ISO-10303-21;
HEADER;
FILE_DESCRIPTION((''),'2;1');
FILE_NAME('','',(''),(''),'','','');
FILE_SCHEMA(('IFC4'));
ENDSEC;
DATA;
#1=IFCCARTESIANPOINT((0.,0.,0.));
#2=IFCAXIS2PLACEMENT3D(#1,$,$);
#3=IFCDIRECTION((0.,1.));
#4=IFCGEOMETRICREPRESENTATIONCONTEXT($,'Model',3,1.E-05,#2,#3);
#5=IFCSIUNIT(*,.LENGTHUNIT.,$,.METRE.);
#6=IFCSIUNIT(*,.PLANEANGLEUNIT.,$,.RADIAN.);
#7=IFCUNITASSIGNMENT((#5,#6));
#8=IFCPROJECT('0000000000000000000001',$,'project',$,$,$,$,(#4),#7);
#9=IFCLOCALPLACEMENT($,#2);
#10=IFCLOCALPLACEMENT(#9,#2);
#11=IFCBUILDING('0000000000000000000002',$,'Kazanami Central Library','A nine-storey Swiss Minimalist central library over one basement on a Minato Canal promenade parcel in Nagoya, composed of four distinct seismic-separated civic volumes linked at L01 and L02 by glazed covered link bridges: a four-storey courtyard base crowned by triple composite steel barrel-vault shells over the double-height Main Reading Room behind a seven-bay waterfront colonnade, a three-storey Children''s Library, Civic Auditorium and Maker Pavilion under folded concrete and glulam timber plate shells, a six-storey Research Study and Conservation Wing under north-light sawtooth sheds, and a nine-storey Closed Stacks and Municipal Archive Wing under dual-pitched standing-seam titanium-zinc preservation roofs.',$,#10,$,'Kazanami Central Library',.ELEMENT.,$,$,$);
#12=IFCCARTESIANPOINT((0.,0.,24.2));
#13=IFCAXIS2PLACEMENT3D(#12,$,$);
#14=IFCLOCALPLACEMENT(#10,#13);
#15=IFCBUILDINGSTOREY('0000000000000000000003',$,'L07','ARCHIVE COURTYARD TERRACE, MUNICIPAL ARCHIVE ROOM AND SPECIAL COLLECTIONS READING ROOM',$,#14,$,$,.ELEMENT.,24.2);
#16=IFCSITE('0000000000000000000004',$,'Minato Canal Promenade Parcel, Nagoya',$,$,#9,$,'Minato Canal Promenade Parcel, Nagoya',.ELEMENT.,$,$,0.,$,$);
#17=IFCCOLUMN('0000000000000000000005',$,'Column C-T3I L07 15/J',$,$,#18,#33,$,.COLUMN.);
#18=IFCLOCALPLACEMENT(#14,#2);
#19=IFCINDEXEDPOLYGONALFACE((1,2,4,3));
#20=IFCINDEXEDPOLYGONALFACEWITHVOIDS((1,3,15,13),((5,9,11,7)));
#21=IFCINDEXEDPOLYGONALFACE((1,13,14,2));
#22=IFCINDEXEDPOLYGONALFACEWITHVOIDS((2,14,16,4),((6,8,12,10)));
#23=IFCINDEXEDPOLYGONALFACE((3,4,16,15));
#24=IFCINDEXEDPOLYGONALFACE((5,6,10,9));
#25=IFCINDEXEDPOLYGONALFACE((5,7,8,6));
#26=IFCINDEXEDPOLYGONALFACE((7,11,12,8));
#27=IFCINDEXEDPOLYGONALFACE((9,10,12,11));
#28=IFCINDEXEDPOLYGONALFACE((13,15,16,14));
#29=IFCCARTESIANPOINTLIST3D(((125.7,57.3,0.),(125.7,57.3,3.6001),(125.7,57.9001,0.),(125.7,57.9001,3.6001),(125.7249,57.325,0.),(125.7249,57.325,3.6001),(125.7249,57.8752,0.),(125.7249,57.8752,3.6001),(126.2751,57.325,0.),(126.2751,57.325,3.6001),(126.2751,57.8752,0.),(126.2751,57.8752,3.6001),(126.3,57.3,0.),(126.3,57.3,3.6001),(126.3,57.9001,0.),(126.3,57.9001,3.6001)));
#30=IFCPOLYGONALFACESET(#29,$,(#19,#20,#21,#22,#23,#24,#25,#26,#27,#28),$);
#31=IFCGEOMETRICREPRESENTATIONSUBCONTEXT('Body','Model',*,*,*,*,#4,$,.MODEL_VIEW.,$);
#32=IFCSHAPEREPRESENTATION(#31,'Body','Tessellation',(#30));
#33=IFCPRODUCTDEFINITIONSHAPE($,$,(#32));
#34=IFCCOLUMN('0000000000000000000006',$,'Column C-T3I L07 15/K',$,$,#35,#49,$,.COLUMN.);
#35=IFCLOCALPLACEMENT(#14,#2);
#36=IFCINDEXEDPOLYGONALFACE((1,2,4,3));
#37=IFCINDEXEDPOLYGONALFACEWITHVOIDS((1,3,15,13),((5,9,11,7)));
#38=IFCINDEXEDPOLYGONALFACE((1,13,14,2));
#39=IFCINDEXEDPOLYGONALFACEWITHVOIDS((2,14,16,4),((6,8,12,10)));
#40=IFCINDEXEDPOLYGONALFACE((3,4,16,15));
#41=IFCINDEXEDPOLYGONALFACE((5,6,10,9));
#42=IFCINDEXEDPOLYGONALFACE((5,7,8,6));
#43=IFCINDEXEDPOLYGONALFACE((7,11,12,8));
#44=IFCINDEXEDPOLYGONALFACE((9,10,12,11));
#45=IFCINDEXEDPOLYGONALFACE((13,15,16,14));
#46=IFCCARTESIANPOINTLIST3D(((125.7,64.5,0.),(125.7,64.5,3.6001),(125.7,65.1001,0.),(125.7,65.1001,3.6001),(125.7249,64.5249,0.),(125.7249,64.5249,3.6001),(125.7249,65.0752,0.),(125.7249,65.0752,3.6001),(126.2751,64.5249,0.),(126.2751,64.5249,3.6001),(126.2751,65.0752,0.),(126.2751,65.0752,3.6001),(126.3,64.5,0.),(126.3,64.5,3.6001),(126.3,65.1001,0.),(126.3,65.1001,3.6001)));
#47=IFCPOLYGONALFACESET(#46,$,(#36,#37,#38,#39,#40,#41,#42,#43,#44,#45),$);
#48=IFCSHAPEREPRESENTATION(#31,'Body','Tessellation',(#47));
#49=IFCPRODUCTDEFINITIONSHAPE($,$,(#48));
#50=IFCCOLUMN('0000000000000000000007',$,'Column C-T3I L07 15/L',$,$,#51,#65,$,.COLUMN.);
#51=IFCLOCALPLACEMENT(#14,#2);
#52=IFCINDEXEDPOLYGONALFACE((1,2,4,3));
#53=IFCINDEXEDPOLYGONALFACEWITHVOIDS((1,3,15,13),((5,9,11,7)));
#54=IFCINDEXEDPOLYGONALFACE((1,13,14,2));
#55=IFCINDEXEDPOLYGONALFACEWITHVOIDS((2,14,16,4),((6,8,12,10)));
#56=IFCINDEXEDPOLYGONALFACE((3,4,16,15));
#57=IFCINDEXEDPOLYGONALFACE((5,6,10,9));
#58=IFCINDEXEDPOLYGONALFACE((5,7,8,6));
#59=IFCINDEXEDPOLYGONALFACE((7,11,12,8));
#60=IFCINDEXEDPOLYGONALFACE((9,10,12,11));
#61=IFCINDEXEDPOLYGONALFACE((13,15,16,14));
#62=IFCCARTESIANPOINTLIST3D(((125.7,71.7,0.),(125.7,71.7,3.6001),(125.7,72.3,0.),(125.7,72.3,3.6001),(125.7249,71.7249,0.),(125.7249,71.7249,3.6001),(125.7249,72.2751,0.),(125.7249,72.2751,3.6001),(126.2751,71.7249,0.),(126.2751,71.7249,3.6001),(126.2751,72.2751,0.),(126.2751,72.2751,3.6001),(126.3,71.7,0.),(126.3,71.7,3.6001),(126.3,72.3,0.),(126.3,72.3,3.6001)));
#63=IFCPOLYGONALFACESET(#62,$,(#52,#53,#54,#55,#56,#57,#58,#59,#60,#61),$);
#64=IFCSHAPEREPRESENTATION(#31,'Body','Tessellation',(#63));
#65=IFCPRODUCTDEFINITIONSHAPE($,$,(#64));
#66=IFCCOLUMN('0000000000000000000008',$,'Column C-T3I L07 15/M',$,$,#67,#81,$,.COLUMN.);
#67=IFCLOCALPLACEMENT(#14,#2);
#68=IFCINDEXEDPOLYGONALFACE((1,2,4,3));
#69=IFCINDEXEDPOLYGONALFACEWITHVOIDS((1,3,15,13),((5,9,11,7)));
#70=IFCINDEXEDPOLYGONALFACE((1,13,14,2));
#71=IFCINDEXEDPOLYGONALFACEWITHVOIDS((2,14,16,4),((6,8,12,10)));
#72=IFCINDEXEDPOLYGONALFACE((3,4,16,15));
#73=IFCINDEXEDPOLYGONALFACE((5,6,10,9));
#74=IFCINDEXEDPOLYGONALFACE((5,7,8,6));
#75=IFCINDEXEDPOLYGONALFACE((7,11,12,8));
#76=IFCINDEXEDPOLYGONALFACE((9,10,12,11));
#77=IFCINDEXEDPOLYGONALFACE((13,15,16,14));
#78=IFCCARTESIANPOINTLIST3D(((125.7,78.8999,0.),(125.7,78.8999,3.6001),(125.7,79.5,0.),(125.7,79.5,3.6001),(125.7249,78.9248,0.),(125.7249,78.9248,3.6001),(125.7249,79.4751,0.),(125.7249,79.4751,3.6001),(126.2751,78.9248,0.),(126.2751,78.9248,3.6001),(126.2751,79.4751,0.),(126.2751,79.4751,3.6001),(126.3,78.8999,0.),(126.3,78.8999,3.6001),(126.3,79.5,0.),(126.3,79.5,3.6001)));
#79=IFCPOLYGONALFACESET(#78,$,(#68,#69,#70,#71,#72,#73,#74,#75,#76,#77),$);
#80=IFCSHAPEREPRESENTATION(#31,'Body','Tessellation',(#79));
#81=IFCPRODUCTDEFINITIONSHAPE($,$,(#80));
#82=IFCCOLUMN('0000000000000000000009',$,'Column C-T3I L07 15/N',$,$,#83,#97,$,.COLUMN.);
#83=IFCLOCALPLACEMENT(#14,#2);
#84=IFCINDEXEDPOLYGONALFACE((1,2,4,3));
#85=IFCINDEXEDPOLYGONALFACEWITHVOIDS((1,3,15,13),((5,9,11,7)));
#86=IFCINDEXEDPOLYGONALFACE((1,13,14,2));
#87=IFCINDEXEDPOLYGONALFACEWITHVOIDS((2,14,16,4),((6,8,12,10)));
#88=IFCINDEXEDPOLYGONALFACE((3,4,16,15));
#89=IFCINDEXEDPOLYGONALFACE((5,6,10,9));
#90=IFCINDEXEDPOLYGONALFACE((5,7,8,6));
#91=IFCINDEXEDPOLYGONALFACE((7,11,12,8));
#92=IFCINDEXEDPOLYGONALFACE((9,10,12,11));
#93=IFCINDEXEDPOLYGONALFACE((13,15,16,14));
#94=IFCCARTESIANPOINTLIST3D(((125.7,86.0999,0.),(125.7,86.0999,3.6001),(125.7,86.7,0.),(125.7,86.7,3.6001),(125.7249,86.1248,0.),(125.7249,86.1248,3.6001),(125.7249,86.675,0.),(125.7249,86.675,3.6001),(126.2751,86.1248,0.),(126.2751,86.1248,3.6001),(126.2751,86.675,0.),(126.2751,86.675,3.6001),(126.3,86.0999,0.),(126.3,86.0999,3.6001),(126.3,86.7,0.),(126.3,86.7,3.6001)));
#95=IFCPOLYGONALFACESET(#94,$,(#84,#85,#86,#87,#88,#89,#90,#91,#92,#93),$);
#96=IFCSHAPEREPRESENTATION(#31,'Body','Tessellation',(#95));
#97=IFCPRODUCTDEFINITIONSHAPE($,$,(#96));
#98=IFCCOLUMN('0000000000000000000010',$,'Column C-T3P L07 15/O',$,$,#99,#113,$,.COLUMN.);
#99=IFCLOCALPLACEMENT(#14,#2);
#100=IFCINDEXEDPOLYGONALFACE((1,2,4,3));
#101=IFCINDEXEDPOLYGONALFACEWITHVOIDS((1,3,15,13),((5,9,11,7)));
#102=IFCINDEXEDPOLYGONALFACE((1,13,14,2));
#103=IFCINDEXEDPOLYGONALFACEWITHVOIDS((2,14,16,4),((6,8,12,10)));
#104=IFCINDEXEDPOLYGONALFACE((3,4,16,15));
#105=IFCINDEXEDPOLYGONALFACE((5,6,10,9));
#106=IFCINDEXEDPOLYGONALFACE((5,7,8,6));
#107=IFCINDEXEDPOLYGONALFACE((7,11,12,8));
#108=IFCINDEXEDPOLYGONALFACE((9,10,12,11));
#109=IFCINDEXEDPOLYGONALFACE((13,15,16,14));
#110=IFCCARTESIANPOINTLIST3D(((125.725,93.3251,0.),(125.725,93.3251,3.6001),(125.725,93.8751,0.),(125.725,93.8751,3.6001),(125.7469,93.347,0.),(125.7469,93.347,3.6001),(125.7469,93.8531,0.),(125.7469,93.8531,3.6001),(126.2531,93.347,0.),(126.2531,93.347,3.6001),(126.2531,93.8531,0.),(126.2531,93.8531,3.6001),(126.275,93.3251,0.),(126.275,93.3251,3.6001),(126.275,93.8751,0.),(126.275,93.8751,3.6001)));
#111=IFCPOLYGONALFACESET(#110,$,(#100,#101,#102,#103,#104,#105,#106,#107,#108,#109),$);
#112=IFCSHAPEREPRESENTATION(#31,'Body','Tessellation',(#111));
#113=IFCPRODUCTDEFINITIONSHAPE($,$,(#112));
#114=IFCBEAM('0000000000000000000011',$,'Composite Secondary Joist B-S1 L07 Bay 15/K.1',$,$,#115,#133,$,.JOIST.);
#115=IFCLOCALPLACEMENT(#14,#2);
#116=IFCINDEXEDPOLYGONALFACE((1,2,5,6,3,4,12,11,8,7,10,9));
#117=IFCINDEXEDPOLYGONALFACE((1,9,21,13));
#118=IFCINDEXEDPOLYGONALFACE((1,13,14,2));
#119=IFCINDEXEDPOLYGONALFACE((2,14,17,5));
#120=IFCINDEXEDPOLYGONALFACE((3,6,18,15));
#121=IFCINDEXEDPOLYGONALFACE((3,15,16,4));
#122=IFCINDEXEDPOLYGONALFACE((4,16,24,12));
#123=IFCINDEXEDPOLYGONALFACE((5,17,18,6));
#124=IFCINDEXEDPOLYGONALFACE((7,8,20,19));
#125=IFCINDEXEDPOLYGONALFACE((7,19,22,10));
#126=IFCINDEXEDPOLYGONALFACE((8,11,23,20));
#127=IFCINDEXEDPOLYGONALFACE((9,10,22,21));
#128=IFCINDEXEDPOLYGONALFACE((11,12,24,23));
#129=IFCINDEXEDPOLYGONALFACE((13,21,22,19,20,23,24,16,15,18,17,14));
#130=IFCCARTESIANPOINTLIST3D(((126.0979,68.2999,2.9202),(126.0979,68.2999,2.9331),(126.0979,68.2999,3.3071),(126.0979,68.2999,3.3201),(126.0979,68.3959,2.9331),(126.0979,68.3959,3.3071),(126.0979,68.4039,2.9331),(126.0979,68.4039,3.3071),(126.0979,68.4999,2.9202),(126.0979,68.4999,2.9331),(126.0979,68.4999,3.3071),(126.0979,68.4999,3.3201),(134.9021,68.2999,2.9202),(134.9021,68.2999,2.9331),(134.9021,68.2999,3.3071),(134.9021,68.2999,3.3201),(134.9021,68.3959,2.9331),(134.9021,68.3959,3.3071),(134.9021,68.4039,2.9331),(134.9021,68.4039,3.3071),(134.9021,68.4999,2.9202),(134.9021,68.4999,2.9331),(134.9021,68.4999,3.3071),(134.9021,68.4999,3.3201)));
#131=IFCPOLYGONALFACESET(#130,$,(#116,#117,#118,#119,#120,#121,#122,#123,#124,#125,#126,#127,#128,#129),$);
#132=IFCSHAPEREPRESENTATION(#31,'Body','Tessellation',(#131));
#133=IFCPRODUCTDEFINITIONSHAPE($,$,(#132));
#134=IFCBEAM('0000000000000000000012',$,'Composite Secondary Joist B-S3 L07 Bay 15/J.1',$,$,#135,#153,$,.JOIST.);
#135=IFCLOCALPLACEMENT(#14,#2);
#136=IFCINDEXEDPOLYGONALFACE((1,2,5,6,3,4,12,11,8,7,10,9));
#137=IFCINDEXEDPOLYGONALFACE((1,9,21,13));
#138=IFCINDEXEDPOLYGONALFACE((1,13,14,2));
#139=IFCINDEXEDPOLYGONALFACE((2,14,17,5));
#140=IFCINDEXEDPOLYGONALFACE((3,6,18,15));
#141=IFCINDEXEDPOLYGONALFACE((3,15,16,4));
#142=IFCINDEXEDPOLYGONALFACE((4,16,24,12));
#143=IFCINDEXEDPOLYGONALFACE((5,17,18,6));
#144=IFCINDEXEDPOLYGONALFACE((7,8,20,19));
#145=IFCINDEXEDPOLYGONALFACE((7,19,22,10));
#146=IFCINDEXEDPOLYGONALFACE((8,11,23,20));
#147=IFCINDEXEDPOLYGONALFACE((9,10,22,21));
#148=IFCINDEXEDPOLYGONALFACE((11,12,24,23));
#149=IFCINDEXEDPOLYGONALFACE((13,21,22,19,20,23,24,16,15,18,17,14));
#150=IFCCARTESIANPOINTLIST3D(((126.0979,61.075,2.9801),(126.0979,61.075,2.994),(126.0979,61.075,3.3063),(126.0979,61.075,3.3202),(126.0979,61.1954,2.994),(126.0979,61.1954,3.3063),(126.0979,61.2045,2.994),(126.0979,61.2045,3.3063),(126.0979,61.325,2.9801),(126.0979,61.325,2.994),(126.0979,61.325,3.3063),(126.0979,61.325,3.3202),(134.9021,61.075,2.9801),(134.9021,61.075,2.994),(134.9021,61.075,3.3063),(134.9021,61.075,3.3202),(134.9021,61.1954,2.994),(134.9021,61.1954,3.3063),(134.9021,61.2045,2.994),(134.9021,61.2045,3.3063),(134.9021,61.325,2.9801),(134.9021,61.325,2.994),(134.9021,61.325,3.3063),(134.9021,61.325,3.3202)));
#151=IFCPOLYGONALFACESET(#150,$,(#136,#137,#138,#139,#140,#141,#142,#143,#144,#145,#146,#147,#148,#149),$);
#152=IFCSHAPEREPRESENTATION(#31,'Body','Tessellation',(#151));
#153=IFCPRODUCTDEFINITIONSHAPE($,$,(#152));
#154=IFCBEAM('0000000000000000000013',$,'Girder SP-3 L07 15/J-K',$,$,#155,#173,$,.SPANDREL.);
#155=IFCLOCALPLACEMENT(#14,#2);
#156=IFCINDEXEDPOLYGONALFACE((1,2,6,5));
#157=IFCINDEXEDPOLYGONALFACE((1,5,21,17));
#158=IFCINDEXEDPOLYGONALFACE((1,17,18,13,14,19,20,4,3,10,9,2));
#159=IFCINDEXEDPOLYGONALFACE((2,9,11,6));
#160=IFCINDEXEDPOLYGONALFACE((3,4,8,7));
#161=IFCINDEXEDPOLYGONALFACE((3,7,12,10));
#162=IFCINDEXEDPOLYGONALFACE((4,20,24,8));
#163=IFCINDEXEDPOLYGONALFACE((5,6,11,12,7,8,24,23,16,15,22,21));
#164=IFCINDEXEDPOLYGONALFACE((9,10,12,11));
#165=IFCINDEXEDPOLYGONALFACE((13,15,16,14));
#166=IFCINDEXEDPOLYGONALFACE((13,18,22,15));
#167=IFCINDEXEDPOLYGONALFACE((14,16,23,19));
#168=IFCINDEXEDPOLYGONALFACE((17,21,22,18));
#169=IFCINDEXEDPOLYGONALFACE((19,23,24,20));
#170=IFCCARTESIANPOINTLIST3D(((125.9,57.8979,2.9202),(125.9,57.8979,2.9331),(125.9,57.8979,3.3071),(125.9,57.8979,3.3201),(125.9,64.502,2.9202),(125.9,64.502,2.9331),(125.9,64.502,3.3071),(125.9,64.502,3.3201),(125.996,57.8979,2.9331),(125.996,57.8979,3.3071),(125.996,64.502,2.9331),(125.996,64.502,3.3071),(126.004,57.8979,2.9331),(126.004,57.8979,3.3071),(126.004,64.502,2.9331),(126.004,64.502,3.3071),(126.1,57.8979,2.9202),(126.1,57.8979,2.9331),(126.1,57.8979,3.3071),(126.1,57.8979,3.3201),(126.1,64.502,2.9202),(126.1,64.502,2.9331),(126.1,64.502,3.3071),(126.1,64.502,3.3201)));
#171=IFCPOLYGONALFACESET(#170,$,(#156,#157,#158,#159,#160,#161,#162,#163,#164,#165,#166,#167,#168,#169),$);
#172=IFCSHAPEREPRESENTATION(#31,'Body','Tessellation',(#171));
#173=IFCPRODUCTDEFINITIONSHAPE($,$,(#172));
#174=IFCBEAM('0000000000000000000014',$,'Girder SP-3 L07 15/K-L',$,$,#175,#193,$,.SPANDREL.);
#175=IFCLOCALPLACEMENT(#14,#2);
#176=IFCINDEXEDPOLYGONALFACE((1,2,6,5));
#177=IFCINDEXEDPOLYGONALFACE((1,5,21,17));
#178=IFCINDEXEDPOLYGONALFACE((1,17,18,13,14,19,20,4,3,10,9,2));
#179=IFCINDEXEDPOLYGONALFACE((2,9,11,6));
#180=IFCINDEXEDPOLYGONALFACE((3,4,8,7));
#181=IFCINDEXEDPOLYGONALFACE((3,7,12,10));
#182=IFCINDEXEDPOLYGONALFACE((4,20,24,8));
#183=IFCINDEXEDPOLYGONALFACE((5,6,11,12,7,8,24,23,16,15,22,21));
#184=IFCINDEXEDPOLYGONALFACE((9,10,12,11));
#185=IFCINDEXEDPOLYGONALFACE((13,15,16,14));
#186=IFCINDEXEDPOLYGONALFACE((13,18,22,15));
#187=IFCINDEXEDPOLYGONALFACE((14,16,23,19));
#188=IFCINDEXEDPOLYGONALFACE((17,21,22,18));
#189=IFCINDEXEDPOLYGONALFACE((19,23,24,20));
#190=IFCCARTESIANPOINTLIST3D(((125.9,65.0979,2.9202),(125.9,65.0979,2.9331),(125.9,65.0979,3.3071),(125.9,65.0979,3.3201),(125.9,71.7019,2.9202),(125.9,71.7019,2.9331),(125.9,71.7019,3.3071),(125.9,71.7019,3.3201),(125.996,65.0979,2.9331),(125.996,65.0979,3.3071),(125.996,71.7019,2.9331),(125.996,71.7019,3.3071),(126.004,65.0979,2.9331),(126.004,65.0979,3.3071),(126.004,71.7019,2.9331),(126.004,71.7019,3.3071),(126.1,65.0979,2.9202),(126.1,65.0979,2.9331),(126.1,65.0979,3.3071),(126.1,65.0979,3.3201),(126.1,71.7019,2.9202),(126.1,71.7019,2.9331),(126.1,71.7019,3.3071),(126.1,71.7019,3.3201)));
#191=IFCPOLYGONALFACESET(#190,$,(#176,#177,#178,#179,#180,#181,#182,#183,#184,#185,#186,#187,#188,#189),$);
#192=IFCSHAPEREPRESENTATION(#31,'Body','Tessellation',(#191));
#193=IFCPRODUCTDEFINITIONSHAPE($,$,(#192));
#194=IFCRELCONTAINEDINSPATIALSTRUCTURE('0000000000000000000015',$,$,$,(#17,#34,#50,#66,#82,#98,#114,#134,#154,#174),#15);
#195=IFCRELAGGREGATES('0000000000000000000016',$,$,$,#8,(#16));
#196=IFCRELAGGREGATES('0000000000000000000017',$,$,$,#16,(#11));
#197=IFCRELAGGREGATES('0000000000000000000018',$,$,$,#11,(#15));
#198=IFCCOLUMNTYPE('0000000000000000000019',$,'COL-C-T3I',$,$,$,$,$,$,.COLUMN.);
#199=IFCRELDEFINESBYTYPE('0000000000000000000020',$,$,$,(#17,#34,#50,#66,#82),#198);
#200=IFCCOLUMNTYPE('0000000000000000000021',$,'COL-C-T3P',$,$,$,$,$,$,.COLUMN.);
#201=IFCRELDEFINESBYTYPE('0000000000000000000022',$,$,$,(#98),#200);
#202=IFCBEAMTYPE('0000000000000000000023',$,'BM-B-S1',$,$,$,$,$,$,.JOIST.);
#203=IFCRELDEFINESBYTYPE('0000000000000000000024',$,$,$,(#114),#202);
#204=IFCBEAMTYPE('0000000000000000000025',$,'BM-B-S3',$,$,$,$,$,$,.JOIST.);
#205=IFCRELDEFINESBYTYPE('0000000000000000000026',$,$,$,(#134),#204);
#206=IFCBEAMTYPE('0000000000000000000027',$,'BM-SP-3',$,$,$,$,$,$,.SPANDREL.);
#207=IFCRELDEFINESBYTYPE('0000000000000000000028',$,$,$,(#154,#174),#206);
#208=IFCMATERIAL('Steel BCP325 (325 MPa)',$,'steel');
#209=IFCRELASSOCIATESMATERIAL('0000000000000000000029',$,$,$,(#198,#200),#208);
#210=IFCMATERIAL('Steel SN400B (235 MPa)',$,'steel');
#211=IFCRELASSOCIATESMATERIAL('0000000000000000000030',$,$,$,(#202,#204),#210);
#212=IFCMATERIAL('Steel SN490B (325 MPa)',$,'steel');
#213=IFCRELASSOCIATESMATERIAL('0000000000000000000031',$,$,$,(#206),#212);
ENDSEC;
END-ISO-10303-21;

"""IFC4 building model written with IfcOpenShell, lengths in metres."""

from ifc_helpers import new_model, si_unit, direction, frame, origin, origin_2d, place, context, subcontext, project, spatial, hollow_rectangle, i_section, extrude, material, material_profile, profile_set, type_object, element, save


model = new_model("IFC4")

# Units and contexts
model_context = context("Model", 3, precision=1e-05, world=origin(), true_north=direction((0.0, 1.0)))
body_context = subcontext(model_context, "Body", "Model", "MODEL_VIEW")
ifc_project = project(units=[si_unit("LENGTHUNIT", "METRE"), si_unit("PLANEANGLEUNIT", "RADIAN")], contexts=[model_context])

# Site, building, storey
site_placement = place(None, origin())
site = spatial("IfcSite", under=ifc_project, at=site_placement, Name="Minato Canal Promenade Parcel, Nagoya", LongName="Minato Canal Promenade Parcel, Nagoya", CompositionType="ELEMENT", RefElevation=0.0)
building_placement = place(site_placement, origin())
building = spatial("IfcBuilding", under=site, at=building_placement, Name="Kazanami Central Library", Description="A nine-storey Swiss Minimalist central library over one basement on a Minato Canal promenade parcel in Nagoya, composed of four distinct seismic-separated civic volumes linked at L01 and L02 by glazed covered link bridges: a four-storey courtyard base crowned by triple composite steel barrel-vault shells over the double-height Main Reading Room behind a seven-bay waterfront colonnade, a three-storey Children's Library, Civic Auditorium and Maker Pavilion under folded concrete and glulam timber plate shells, a six-storey Research Study and Conservation Wing under north-light sawtooth sheds, and a nine-storey Closed Stacks and Municipal Archive Wing under dual-pitched standing-seam titanium-zinc preservation roofs.", LongName="Kazanami Central Library", CompositionType="ELEMENT")
storey_placement = place(building_placement, frame((0.0, 0.0, 24.2)))
storey = spatial("IfcBuildingStorey", under=building, at=storey_placement, Name="L07", Description="ARCHIVE COURTYARD TERRACE, MUNICIPAL ARCHIVE ROOM AND SPECIAL COLLECTIONS READING ROOM", CompositionType="ELEMENT", Elevation=24.2)

# Columns
ifc_material_1 = material(Name="Steel BCP325 (325 MPa)", Category="steel")
ifc_material_profile_1 = material_profile(ifc_material_1, hollow_rectangle(XDim=0.6001, YDim=0.6001, WallThickness=0.0249, at=origin_2d()), Name="BCP-600x600x25")
ifc_profile_set_1 = profile_set([ifc_material_profile_1], Name="Steel BCP325 (325 MPa)")
column_type_1 = type_object("IfcColumnType", Name="COL-C-T3I", PredefinedType="COLUMN", material=ifc_profile_set_1)
for number, where, z_axis, x_axis, name in (
    (1, (126.0, 57.6001, 0.0), (0.0, 0.0, 1.0), (1.0, 0.0, 0.0), "Column C-T3I L07 15/J"),
    (2, (126.0, 64.8, 0.0), (0.0, 0.0, 1.0), (1.0, 0.0, 0.0), "Column C-T3I L07 15/K"),
    (3, (126.0, 72.0, 0.0), (0.0, 0.0, 1.0), (1.0, 0.0, 0.0), "Column C-T3I L07 15/L"),
    (4, (126.0, 79.2, 0.0), (0.0, 0.0, 1.0), (1.0, 0.0, 0.0), "Column C-T3I L07 15/M"),
    (5, (126.0, 86.3999, 0.0), (0.0, 0.0, 1.0), (1.0, 0.0, 0.0), "Column C-T3I L07 15/N"),
):
    element("IfcColumn", number, at=place(storey_placement, frame(where, z_axis=z_axis, x_axis=x_axis)), inside=storey, type_object=column_type_1, Name=name, PredefinedType="COLUMN", context=body_context, shape_type="SweptSolid", body=[
        extrude(hollow_rectangle(XDim=0.6001, YDim=0.6001, WallThickness=0.0249, at=origin_2d()), origin(), (0.0, 0.0, 1.0), 3.6001),
    ])
ifc_material_profile_2 = material_profile(ifc_material_1, hollow_rectangle(XDim=0.55, YDim=0.55, WallThickness=0.022, at=origin_2d()), Name="BCP-550x550x22")
ifc_profile_set_2 = profile_set([ifc_material_profile_2], Name="Steel BCP325 (325 MPa)")
column_type_2 = type_object("IfcColumnType", Name="COL-C-T3P", PredefinedType="COLUMN", material=ifc_profile_set_2)
column_placement = place(storey_placement, frame((126.0, 93.6001, 0.0), z_axis=(0.0, 0.0, 1.0), x_axis=(1.0, 0.0, 0.0)))
element("IfcColumn", 6, at=column_placement, inside=storey, type_object=column_type_2, Name="Column C-T3P L07 15/O", PredefinedType="COLUMN", context=body_context, shape_type="SweptSolid", body=[
    extrude(hollow_rectangle(XDim=0.55, YDim=0.55, WallThickness=0.022, at=origin_2d()), origin(), (0.0, 0.0, 1.0), 3.6001),
])

# Beams
ifc_material_2 = material(Name="Steel SN400B (235 MPa)", Category="steel")
ifc_material_profile_3 = material_profile(ifc_material_2, i_section(OverallWidth=0.2, OverallDepth=0.3999, WebThickness=0.0081, FlangeThickness=0.0129, at=origin_2d()), Name="H-400x200x8x13")
ifc_profile_set_3 = profile_set([ifc_material_profile_3], Name="Steel SN400B (235 MPa)")
beam_type_1 = type_object("IfcBeamType", Name="BM-B-S1", PredefinedType="JOIST", material=ifc_profile_set_3)
beam_1_placement = place(storey_placement, frame((126.0979, 68.3999, 3.1201), z_axis=(1.0, 0.0, 0.0), x_axis=(0.0, 1.0, 0.0)))
element("IfcBeam", 7, at=beam_1_placement, inside=storey, type_object=beam_type_1, Name="Composite Secondary Joist B-S1 L07 Bay 15/K.1", PredefinedType="JOIST", context=body_context, shape_type="SweptSolid", body=[
    extrude(i_section(OverallWidth=0.2, OverallDepth=0.3999, WebThickness=0.0081, FlangeThickness=0.0129, at=origin_2d()), origin(), (0.0, 0.0, 1.0), 8.8042),
])
ifc_material_profile_4 = material_profile(ifc_material_2, i_section(OverallWidth=0.25, OverallDepth=0.3401, WebThickness=0.009, FlangeThickness=0.0139, at=origin_2d()), Name="H-340x250x9x14")
ifc_profile_set_4 = profile_set([ifc_material_profile_4], Name="Steel SN400B (235 MPa)")
beam_type_2 = type_object("IfcBeamType", Name="BM-B-S3", PredefinedType="JOIST", material=ifc_profile_set_4)
beam_2_placement = place(storey_placement, frame((126.0979, 61.2, 3.1501), z_axis=(1.0, 0.0, 0.0), x_axis=(0.0, 1.0, 0.0)))
element("IfcBeam", 8, at=beam_2_placement, inside=storey, type_object=beam_type_2, Name="Composite Secondary Joist B-S3 L07 Bay 15/J.1", PredefinedType="JOIST", context=body_context, shape_type="SweptSolid", body=[
    extrude(i_section(OverallWidth=0.25, OverallDepth=0.3401, WebThickness=0.009, FlangeThickness=0.0139, at=origin_2d()), origin(), (0.0, 0.0, 1.0), 8.8042),
])
ifc_material_3 = material(Name="Steel SN490B (325 MPa)", Category="steel")
ifc_material_profile_5 = material_profile(ifc_material_3, i_section(OverallWidth=0.2, OverallDepth=0.3999, WebThickness=0.0081, FlangeThickness=0.0129, at=origin_2d()), Name="H-400x200x8x13")
ifc_profile_set_5 = profile_set([ifc_material_profile_5], Name="Steel SN490B (325 MPa)")
beam_type_3 = type_object("IfcBeamType", Name="BM-SP-3", PredefinedType="SPANDREL", material=ifc_profile_set_5)
for number, where, z_axis, x_axis, name in (
    (9, (126.0, 57.8979, 3.1201), (0.0, 1.0, 0.0), (-1.0, 0.0, 0.0), "Girder SP-3 L07 15/J-K"),
    (10, (126.0, 65.0979, 3.1201), (0.0, 1.0, 0.0), (-1.0, 0.0, 0.0), "Girder SP-3 L07 15/K-L"),
):
    element("IfcBeam", number, at=place(storey_placement, frame(where, z_axis=z_axis, x_axis=x_axis)), inside=storey, type_object=beam_type_3, Name=name, PredefinedType="SPANDREL", context=body_context, shape_type="SweptSolid", body=[
        extrude(i_section(OverallWidth=0.2, OverallDepth=0.3999, WebThickness=0.0081, FlangeThickness=0.0129, at=origin_2d()), origin(), (0.0, 0.0, 1.0), 6.604),
    ])

save(model, "model.ifc")
